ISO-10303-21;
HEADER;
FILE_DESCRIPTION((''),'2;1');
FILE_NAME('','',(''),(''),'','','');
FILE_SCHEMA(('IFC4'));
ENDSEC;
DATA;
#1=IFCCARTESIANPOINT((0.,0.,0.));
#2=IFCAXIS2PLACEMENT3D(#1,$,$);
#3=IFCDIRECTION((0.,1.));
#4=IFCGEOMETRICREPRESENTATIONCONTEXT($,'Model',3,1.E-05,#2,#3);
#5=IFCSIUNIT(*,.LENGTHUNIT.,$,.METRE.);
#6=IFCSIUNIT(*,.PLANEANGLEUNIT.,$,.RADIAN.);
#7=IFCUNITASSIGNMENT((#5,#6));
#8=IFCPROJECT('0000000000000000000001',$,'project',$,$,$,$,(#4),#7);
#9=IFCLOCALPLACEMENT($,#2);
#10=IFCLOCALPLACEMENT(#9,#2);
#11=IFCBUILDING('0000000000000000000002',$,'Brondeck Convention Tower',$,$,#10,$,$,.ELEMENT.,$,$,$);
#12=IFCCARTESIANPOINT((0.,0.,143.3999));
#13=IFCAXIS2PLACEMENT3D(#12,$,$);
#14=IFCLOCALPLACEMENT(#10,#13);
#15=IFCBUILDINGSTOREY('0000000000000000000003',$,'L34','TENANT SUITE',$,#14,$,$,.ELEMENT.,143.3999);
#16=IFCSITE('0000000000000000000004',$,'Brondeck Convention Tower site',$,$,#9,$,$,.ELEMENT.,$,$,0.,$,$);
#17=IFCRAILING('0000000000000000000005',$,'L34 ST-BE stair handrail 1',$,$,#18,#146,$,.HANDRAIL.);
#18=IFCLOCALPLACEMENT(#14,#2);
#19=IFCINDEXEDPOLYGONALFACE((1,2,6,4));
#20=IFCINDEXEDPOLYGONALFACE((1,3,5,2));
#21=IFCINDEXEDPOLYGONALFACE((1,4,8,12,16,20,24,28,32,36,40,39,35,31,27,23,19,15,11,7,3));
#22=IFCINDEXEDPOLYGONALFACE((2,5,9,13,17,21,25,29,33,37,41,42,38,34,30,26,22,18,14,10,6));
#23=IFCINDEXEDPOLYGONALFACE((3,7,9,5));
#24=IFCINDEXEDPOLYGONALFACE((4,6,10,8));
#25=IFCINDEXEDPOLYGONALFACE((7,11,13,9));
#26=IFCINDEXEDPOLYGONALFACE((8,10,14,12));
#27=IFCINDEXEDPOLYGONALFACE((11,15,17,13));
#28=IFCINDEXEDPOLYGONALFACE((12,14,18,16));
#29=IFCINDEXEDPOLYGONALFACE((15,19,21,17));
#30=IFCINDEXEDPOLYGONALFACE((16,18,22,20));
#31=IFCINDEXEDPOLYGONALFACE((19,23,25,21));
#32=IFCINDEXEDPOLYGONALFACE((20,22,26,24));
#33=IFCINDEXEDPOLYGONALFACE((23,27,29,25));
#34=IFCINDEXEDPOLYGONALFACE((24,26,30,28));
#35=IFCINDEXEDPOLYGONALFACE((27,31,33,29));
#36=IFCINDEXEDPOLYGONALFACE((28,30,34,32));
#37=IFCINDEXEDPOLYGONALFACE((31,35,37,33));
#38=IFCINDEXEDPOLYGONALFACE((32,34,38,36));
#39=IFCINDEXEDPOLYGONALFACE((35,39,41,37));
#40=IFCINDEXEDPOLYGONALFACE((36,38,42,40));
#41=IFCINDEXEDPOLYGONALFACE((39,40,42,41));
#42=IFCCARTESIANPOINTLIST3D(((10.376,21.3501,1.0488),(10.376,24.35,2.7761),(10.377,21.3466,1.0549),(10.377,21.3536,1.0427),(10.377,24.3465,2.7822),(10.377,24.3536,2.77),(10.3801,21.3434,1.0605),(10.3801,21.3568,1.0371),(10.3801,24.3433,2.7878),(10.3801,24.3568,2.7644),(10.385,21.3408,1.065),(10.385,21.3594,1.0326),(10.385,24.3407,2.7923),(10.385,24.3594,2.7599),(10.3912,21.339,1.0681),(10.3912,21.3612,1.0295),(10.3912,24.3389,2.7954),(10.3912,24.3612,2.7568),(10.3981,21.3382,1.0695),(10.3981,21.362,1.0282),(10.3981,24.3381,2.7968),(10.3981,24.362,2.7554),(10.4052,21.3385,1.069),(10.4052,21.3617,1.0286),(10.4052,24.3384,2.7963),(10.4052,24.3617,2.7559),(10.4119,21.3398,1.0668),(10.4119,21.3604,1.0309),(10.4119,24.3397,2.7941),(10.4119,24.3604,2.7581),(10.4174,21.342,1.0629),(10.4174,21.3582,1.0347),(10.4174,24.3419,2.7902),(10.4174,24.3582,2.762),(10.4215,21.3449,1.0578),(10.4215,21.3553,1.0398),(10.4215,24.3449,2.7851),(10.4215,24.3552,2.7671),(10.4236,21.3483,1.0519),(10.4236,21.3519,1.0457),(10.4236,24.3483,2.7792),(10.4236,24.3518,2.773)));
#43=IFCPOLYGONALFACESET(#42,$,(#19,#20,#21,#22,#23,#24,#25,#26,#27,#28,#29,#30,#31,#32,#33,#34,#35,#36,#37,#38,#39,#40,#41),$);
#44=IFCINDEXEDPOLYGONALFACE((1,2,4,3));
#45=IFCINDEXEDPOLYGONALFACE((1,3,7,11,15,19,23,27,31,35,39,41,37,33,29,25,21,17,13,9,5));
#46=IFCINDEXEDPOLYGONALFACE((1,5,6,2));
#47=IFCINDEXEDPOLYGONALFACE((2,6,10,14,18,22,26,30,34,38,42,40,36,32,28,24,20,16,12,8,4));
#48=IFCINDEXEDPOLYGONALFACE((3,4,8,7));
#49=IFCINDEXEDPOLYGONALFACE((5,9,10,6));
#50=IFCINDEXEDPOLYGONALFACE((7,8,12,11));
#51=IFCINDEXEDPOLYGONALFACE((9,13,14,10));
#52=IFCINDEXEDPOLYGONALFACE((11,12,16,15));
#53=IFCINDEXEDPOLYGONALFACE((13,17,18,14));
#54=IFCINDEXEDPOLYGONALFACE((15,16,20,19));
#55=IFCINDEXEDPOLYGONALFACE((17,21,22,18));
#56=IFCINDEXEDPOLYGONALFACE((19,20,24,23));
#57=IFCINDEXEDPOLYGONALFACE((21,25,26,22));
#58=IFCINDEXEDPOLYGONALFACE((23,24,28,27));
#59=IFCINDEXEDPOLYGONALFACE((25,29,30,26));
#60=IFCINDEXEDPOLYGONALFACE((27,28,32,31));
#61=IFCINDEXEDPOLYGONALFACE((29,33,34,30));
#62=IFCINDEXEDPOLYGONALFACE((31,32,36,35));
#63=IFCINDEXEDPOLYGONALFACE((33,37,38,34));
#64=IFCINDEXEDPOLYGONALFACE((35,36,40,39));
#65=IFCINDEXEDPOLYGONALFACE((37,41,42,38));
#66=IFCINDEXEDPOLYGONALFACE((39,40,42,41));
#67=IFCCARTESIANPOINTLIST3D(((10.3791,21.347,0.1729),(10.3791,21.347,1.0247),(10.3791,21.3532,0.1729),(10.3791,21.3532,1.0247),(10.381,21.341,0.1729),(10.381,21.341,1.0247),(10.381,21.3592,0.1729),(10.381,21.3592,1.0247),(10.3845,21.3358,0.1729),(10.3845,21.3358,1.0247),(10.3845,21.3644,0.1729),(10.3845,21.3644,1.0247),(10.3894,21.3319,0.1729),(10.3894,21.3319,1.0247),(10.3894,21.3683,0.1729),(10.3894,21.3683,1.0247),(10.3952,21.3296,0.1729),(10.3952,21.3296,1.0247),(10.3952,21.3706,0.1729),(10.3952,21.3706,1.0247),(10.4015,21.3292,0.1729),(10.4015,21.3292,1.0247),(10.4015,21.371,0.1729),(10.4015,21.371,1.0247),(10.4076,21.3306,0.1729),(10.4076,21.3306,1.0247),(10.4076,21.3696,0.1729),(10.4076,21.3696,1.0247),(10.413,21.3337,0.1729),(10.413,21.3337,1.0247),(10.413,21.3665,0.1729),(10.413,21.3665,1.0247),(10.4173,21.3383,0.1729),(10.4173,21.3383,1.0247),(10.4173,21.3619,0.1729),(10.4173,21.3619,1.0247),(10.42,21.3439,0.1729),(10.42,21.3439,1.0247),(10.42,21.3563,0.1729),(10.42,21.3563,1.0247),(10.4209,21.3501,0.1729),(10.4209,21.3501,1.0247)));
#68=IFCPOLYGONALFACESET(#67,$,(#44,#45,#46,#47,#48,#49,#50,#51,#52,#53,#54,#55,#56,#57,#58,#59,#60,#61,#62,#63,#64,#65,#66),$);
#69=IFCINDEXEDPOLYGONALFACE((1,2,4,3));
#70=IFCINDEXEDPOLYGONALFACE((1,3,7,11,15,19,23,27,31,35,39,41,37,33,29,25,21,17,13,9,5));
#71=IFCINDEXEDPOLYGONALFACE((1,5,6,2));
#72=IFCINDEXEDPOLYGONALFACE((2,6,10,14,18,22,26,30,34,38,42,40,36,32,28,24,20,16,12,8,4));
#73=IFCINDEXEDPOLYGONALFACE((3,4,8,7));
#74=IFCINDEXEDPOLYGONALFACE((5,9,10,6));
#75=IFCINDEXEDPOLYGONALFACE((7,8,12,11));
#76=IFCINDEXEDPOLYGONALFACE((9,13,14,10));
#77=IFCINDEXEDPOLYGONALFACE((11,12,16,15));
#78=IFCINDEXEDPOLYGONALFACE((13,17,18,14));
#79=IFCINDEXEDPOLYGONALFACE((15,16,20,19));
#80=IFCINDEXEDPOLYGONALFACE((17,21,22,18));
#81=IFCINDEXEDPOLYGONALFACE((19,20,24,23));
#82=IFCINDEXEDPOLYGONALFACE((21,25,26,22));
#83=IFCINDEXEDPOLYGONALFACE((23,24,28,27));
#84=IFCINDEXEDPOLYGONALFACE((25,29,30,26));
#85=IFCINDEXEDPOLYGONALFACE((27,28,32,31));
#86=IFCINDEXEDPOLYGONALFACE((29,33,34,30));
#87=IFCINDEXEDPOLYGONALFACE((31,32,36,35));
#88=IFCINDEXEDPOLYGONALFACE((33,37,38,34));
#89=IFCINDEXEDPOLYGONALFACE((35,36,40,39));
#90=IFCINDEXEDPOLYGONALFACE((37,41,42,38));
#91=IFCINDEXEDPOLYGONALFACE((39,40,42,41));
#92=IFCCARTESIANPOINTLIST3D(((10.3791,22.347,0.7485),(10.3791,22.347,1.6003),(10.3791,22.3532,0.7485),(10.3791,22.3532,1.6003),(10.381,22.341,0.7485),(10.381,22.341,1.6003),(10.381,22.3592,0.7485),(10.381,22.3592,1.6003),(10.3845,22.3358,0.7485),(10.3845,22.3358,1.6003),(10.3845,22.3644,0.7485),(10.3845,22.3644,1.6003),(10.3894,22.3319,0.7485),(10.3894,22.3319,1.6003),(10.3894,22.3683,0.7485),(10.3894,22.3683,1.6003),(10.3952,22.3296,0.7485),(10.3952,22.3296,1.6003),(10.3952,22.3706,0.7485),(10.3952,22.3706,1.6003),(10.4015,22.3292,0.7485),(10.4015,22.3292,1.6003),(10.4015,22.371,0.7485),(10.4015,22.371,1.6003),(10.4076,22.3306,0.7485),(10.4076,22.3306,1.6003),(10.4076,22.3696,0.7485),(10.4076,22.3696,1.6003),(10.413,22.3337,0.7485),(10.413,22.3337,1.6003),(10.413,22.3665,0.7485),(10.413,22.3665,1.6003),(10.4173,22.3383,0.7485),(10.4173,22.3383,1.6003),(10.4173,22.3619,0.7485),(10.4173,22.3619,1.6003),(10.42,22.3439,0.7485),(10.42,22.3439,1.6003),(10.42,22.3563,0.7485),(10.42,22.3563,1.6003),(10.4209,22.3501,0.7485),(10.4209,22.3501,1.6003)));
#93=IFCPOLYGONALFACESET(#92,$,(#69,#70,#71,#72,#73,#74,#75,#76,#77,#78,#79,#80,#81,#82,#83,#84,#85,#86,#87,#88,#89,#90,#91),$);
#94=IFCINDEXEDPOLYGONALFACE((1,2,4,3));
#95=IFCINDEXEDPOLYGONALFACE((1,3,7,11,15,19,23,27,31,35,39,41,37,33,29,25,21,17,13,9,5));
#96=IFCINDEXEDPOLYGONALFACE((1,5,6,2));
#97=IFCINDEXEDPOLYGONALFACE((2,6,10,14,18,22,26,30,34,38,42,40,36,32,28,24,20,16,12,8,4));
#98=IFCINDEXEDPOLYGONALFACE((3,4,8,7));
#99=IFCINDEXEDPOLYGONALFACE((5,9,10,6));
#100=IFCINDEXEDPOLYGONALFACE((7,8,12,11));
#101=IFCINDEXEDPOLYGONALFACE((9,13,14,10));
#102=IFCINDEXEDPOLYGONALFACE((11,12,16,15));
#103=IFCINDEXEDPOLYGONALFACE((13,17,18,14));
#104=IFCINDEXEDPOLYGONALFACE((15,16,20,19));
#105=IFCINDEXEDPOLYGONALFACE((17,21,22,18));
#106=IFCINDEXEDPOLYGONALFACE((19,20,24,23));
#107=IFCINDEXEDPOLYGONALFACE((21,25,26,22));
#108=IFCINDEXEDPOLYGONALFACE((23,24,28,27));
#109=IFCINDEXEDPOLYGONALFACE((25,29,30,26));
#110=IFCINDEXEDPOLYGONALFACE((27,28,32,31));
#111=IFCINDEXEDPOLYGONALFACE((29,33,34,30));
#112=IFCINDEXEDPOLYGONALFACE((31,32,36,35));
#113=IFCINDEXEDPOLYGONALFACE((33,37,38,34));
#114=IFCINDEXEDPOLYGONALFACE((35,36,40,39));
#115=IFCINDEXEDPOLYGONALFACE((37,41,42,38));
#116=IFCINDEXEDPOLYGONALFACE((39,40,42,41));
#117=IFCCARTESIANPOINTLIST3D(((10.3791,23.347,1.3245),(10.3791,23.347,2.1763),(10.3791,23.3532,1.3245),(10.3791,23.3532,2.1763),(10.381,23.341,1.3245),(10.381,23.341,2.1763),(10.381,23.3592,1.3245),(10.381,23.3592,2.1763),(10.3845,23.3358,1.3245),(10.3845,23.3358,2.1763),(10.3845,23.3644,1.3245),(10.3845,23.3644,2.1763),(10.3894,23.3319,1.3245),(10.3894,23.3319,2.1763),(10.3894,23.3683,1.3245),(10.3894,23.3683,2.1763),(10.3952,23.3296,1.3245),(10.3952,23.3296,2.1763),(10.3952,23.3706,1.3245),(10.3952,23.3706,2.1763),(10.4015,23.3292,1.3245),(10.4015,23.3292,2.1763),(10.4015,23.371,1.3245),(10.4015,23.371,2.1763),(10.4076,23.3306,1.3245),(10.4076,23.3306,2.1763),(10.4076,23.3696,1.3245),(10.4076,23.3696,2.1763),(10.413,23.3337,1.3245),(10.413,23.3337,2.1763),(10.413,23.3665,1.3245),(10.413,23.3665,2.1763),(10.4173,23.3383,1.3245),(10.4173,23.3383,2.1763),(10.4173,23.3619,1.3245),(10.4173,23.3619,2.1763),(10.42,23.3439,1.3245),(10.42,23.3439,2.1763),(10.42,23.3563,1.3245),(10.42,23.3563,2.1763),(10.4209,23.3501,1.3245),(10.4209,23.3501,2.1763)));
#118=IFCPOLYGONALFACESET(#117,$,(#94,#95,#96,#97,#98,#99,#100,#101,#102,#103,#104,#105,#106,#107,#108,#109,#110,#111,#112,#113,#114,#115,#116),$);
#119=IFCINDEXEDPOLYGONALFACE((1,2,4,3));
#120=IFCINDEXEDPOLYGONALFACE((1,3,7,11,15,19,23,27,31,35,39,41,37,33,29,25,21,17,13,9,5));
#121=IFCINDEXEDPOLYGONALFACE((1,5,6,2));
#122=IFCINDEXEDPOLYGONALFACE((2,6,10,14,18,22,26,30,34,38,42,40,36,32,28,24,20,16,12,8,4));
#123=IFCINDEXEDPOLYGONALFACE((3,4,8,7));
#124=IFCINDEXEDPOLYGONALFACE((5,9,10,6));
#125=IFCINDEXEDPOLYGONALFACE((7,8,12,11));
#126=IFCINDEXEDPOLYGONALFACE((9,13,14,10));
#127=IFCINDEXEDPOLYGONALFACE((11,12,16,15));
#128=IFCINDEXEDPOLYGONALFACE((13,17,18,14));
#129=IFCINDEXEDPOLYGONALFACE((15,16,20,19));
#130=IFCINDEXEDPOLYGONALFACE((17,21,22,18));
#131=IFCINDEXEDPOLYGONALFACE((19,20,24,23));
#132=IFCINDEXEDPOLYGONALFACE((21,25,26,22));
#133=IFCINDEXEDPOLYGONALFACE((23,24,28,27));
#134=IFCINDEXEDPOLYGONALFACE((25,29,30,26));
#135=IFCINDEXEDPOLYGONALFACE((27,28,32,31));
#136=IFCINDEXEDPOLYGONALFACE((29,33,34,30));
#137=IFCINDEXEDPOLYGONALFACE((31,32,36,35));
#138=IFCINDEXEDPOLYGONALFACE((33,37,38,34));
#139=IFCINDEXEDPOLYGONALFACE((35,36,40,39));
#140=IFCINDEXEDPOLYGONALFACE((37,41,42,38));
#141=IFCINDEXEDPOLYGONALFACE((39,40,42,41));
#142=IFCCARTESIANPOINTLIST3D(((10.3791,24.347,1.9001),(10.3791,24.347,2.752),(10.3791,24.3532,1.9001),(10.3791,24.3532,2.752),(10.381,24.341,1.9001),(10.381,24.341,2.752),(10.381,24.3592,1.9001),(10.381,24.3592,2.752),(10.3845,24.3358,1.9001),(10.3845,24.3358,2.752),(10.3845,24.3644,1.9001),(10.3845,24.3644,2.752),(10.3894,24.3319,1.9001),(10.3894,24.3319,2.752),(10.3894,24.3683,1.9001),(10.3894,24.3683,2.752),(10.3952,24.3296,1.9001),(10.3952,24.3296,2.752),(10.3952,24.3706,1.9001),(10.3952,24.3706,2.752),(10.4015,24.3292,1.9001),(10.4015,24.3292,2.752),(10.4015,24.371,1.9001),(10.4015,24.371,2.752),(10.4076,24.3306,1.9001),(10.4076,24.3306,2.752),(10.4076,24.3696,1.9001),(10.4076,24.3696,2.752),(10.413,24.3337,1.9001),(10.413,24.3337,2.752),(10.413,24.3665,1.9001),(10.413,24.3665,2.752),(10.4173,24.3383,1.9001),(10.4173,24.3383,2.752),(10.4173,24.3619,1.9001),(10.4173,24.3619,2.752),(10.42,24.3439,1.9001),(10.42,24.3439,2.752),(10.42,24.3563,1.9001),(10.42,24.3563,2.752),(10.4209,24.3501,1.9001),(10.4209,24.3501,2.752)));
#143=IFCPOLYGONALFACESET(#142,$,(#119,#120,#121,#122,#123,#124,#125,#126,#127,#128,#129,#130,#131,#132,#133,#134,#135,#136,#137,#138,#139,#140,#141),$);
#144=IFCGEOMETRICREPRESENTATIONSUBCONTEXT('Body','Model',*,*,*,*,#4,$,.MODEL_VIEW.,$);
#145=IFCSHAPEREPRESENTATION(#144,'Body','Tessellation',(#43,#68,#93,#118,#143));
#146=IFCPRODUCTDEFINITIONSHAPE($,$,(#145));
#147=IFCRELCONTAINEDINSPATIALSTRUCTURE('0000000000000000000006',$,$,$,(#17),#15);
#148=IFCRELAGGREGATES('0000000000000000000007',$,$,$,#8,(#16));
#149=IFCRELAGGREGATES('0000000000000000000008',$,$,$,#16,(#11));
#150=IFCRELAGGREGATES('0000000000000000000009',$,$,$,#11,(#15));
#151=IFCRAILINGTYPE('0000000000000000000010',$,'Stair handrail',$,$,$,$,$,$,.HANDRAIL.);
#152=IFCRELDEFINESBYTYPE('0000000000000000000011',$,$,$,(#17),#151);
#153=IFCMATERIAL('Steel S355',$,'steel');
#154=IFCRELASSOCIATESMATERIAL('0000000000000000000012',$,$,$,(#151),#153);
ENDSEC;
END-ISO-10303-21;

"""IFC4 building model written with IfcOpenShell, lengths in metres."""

from ifc_helpers import new_model, si_unit, direction, frame, origin, origin_2d, place, context, subcontext, project, spatial, circle, extrude, material, type_object, element, save


model = new_model("IFC4")

# Units and contexts
model_context = context("Model", 3, precision=1e-05, world=origin(), true_north=direction((0.0, 1.0)))
body_context = subcontext(model_context, "Body", "Model", "MODEL_VIEW")
ifc_project = project(units=[si_unit("LENGTHUNIT", "METRE"), si_unit("PLANEANGLEUNIT", "RADIAN")], contexts=[model_context])

# Site, building, storey
site_placement = place(None, origin())
site = spatial("IfcSite", under=ifc_project, at=site_placement, Name="Brondeck Convention Tower site", CompositionType="ELEMENT", RefElevation=0.0)
building_placement = place(site_placement, origin())
building = spatial("IfcBuilding", under=site, at=building_placement, Name="Brondeck Convention Tower", CompositionType="ELEMENT")
storey_placement = place(building_placement, frame((0.0, 0.0, 143.3999)))
storey = spatial("IfcBuildingStorey", under=building, at=storey_placement, Name="L34", Description="TENANT SUITE", CompositionType="ELEMENT", Elevation=143.3999)

# Shared definitions
ifc_material_1 = material(Name="Steel S355", Category="steel")

# Railing
railing_type = type_object("IfcRailingType", Name="Stair handrail", PredefinedType="HANDRAIL", material=ifc_material_1)
railing_placement = place(storey_placement, frame((10.3999, 21.3501, 0.1729)))
element("IfcRailing", 1, at=railing_placement, inside=storey, type_object=railing_type, Name="L34 ST-BE stair handrail 1", PredefinedType="HANDRAIL", context=body_context, shape_type="SweptSolid", body=[
    extrude(circle(Radius=0.0239, at=origin_2d()), frame((0.0, 0.0, 0.876), z_axis=(0.0, 0.86662, 0.498969), x_axis=(-1.0, 0.0, 0.0)), (0.0, 0.0, 1.0), 3.4617),
    extrude(circle(Radius=0.021, at=origin_2d()), origin(), (0.0, 0.0, 1.0), 0.8518),
    extrude(circle(Radius=0.021, at=origin_2d()), frame((0.0, 1.0, 0.5757)), (0.0, 0.0, 1.0), 0.8518),
    extrude(circle(Radius=0.021, at=origin_2d()), frame((0.0, 2.0, 1.1516)), (0.0, 0.0, 1.0), 0.8518),
    extrude(circle(Radius=0.021, at=origin_2d()), frame((0.0, 3.0, 1.7273)), (0.0, 0.0, 1.0), 0.8518),
])

save(model, "model.ifc")
